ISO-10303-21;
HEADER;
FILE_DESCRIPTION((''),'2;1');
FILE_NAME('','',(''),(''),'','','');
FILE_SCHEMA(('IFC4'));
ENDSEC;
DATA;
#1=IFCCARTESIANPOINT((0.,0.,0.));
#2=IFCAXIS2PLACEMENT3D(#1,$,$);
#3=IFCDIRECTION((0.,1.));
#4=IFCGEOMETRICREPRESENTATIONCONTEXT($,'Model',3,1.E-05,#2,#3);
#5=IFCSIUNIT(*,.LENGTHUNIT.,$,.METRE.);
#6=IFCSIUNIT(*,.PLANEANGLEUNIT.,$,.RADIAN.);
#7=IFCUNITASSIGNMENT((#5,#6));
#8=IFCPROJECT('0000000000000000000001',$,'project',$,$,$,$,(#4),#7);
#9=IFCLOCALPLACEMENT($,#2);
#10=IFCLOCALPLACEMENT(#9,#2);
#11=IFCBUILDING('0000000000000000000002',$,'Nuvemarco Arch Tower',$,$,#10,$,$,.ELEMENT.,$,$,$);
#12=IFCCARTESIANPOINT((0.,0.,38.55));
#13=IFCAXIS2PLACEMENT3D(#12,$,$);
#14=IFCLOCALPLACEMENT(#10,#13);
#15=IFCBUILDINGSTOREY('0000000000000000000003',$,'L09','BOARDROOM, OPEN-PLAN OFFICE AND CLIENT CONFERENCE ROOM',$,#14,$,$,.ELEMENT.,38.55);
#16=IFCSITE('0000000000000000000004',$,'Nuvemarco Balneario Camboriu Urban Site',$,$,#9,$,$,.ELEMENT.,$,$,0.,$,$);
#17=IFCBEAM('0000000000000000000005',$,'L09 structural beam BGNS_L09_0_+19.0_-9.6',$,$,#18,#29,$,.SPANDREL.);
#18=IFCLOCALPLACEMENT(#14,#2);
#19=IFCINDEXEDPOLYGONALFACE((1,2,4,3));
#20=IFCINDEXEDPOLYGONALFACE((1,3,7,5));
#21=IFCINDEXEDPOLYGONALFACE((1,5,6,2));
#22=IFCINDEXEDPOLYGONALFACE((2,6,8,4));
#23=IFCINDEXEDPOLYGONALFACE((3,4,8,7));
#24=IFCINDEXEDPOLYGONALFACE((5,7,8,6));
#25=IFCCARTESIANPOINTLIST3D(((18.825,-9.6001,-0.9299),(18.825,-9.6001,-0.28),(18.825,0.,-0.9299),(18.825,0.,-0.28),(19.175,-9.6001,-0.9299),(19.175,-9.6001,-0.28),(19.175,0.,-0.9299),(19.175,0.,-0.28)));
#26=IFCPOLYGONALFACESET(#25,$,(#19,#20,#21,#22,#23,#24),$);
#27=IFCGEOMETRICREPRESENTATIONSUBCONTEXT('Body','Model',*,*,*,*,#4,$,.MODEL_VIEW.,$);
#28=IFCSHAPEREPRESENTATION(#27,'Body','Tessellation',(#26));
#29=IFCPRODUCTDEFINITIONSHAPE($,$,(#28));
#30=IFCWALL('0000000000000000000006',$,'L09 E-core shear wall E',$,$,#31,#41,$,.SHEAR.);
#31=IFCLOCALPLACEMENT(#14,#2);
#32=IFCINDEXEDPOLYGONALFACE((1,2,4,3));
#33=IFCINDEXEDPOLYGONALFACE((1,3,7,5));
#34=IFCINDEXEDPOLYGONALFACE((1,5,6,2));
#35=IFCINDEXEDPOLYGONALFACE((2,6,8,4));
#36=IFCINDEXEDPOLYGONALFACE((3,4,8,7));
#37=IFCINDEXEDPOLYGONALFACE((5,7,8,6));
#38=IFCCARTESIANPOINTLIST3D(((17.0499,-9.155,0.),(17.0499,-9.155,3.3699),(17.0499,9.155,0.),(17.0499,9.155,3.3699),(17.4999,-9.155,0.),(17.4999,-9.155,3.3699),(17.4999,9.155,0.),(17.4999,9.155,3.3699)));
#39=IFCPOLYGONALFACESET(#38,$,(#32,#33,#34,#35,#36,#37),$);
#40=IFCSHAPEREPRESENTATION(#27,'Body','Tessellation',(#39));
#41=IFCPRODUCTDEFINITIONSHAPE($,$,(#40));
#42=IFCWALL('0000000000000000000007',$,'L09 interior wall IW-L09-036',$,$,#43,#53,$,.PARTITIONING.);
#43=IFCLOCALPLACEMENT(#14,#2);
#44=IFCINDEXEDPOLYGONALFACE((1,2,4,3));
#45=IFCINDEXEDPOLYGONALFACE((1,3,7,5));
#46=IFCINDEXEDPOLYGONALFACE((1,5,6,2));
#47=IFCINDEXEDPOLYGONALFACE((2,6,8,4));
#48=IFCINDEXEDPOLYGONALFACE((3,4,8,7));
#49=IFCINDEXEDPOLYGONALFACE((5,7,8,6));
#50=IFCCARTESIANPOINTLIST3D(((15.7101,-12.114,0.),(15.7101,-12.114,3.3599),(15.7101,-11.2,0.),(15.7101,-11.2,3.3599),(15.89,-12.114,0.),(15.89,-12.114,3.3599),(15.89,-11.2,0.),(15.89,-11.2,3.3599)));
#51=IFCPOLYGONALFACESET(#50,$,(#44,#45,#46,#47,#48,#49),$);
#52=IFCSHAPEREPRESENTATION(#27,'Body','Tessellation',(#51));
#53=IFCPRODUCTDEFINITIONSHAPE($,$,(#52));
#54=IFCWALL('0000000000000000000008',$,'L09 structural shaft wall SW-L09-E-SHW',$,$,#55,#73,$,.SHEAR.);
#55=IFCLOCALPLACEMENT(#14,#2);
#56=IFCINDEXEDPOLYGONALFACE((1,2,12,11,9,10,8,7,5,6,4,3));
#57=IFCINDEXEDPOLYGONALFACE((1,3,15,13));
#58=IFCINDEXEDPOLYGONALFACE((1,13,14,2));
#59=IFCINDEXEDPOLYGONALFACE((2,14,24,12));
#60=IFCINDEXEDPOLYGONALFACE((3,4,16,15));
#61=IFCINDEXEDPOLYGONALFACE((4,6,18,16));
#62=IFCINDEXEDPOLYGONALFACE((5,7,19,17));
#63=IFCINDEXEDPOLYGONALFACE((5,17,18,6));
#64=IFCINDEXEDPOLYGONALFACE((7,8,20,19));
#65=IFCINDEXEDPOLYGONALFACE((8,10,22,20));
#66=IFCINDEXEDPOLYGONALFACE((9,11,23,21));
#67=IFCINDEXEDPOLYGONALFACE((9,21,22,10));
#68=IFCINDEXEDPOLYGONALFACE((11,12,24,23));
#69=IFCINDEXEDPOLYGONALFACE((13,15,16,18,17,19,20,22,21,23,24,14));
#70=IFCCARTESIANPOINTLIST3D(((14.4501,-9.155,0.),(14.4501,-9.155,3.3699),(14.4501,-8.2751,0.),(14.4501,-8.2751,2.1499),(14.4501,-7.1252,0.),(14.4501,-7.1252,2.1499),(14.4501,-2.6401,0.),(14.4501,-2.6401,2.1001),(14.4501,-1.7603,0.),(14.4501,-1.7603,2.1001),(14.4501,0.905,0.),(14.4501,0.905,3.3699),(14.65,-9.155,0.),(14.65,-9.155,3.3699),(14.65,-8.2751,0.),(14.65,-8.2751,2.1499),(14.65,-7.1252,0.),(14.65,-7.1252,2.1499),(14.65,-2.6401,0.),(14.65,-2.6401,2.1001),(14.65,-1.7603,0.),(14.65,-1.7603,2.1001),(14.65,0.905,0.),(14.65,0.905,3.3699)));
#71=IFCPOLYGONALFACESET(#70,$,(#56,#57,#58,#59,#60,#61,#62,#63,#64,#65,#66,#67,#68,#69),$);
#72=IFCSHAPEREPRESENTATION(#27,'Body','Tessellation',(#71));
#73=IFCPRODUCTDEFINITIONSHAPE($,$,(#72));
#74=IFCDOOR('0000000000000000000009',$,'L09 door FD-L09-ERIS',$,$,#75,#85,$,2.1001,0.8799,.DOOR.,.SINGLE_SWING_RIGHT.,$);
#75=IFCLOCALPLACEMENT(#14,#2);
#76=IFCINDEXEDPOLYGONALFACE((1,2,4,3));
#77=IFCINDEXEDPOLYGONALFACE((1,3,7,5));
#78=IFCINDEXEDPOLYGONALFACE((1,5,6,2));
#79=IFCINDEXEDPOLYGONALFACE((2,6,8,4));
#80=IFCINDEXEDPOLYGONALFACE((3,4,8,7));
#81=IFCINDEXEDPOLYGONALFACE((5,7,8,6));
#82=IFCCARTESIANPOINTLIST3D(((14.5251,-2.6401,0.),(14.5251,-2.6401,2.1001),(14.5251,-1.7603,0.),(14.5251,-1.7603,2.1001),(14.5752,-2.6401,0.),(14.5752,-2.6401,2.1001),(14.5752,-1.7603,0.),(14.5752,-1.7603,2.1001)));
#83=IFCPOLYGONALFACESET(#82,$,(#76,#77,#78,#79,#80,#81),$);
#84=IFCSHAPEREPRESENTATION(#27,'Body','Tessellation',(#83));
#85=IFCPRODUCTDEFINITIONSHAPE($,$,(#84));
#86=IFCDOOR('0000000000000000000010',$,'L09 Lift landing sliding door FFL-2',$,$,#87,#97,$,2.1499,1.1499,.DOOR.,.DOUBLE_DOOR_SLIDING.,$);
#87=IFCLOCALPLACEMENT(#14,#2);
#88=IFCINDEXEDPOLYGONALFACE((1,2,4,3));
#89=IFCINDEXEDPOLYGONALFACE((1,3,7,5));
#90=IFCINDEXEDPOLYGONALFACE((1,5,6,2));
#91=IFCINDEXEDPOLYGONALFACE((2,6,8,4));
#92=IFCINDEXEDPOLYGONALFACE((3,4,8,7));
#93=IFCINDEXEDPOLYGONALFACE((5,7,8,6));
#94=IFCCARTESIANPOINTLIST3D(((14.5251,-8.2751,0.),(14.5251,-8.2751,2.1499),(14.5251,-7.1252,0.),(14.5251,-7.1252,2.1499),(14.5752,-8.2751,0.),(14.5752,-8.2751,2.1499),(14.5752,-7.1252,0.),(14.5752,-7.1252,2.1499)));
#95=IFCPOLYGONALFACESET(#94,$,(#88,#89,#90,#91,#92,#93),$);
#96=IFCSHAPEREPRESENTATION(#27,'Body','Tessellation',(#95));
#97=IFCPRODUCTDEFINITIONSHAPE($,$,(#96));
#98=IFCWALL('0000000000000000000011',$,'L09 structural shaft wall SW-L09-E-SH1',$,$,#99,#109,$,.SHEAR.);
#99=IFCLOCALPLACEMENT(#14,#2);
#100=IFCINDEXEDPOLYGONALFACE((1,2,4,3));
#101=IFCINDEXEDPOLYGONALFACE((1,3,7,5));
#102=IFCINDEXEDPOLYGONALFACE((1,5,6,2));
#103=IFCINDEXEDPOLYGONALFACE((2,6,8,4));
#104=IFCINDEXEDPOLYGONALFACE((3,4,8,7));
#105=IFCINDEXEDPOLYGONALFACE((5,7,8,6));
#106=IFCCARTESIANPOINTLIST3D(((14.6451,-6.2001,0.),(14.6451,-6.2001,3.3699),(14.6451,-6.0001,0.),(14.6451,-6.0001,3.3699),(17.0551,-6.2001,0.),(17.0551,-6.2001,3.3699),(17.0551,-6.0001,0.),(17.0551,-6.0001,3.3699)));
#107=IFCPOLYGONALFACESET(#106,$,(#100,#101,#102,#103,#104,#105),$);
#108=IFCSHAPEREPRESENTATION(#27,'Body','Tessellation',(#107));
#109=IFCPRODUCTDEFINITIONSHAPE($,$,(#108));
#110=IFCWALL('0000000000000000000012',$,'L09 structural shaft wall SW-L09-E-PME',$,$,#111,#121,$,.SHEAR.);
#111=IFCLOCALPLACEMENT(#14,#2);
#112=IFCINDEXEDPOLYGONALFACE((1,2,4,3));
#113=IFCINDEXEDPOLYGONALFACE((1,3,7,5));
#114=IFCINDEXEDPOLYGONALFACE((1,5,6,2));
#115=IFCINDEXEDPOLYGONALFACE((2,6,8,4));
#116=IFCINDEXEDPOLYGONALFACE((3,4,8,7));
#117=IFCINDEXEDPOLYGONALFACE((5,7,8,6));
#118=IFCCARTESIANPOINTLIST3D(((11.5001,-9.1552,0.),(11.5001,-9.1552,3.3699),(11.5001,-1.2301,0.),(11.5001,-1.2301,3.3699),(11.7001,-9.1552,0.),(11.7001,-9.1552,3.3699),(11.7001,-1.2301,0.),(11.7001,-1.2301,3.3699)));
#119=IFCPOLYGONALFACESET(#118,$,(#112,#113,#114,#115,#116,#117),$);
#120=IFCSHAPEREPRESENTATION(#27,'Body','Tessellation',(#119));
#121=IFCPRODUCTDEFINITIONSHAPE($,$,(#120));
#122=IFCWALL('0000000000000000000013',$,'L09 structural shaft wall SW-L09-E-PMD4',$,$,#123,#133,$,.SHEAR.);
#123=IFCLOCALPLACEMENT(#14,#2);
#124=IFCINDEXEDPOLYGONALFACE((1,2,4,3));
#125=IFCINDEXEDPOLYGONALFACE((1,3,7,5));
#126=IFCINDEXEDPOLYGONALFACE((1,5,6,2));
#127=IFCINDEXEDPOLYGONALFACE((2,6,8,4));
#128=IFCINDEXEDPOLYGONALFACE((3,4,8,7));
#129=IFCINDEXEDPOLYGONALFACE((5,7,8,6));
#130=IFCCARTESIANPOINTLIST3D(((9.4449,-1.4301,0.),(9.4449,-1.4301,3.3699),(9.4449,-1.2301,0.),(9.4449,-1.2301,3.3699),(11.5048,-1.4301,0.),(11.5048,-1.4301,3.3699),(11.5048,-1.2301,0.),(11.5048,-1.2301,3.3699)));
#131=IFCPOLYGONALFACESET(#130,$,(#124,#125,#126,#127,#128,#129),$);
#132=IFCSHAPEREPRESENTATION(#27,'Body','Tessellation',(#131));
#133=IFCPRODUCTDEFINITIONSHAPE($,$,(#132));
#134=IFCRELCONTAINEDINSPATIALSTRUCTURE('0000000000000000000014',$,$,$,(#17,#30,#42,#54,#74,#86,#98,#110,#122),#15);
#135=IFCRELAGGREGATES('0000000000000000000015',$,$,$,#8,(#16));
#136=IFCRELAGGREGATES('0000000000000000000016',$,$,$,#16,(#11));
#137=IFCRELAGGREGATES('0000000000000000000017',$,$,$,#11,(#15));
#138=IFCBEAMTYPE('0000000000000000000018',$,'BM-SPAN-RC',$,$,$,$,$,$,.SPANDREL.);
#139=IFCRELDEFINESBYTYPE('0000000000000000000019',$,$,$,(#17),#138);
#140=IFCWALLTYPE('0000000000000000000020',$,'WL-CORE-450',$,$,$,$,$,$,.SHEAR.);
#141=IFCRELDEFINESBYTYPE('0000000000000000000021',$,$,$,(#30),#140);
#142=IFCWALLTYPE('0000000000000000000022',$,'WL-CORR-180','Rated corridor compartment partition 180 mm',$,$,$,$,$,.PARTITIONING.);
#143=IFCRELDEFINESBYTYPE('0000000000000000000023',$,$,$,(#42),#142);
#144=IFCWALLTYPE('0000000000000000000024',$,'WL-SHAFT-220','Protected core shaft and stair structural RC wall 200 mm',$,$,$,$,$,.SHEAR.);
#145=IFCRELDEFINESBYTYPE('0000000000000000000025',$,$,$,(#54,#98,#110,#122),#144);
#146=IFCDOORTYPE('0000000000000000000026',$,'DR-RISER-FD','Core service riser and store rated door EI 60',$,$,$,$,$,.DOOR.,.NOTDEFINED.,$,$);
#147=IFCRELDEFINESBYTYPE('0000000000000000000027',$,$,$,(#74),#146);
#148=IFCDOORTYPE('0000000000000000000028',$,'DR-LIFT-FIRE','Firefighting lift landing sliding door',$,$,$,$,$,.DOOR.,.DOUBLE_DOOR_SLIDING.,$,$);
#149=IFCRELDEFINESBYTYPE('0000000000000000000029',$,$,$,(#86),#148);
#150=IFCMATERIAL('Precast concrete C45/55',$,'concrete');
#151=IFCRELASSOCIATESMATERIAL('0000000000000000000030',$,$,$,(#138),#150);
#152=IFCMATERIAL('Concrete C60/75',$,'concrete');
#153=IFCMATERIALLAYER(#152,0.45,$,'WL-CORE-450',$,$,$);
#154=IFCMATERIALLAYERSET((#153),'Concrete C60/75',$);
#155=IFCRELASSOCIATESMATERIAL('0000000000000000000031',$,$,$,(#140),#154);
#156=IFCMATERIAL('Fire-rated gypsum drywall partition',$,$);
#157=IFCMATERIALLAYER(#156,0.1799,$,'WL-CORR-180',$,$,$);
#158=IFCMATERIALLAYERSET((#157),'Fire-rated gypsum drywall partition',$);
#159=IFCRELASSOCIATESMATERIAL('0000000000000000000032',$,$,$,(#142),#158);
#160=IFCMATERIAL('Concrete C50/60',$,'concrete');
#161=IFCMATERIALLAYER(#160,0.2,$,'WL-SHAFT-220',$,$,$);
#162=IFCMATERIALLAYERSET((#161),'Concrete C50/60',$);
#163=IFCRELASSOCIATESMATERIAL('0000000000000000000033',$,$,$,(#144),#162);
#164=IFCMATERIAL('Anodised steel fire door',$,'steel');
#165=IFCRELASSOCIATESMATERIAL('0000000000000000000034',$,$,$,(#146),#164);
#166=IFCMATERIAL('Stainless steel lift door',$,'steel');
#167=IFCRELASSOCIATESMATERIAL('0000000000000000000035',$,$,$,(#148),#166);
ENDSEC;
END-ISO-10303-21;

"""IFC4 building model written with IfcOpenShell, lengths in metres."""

from ifc_helpers import new_model, si_unit, direction, frame, frame_2d, origin, origin_2d, place, context, subcontext, project, spatial, rectangle, extrude, source, transform, mapped, material, layer, layer_set, material_profile, profile_set, type_object, type_shapes, element, fill, save


model = new_model("IFC4")

# Units and contexts
model_context = context("Model", 3, precision=1e-05, world=origin(), true_north=direction((0.0, 1.0)))
body_context = subcontext(model_context, "Body", "Model", "MODEL_VIEW")
ifc_project = project(units=[si_unit("LENGTHUNIT", "METRE"), si_unit("PLANEANGLEUNIT", "RADIAN")], contexts=[model_context])

# Site, building, storey
site_placement = place(None, origin())
site = spatial("IfcSite", under=ifc_project, at=site_placement, Name="Nuvemarco Balneario Camboriu Urban Site", CompositionType="ELEMENT", RefElevation=0.0)
building_placement = place(site_placement, origin())
building = spatial("IfcBuilding", under=site, at=building_placement, Name="Nuvemarco Arch Tower", CompositionType="ELEMENT")
storey_placement = place(building_placement, frame((0.0, 0.0, 38.55)))
storey = spatial("IfcBuildingStorey", under=building, at=storey_placement, Name="L09", Description="BOARDROOM, OPEN-PLAN OFFICE AND CLIENT CONFERENCE ROOM", CompositionType="ELEMENT", Elevation=38.55)

# Shared definitions
ifc_material_1 = material(Name="Concrete C60/75", Category="concrete")

# Beam
ifc_material_2 = material(Name="Precast concrete C45/55", Category="concrete")
ifc_material_profile_1 = material_profile(ifc_material_2, rectangle(XDim=0.3501, YDim=0.6499, at=origin_2d()), Name="PC-SP-350x650")
ifc_profile_set_1 = profile_set([ifc_material_profile_1], Name="Precast concrete C45/55")
beam_type_1 = type_object("IfcBeamType", Name="BM-SPAN-RC", PredefinedType="SPANDREL", material=ifc_profile_set_1)
beam_1_placement = place(storey_placement, frame((19.0, -9.6001, -0.605), z_axis=(0.0, 1.0, 0.0), x_axis=(-1.0, 0.0, 0.0)))
element("IfcBeam", 1, at=beam_1_placement, inside=storey, type_object=beam_type_1, Name="L09 structural beam BGNS_L09_0_+19.0_-9.6", PredefinedType="SPANDREL", context=body_context, shape_type="SweptSolid", body=[
    extrude(rectangle(XDim=0.3501, YDim=0.6499, at=origin_2d()), origin(), (0.0, 0.0, 1.0), 9.6001),
])

# Walls
ifc_layer_1 = layer(ifc_material_1, 0.45, Name="WL-CORE-450")
ifc_layer_set_1 = layer_set([ifc_layer_1], Name="Concrete C60/75")
wall_type_1 = type_object("IfcWallType", Name="WL-CORE-450", PredefinedType="SHEAR", material=ifc_layer_set_1)
wall_1_placement = place(storey_placement, frame((17.2749, -9.155, 0.0), z_axis=(0.0, 0.0, 1.0), x_axis=(0.0, 1.0, 0.0)))
element("IfcWall", 2, at=wall_1_placement, inside=storey, type_object=wall_type_1, Name="L09 E-core shear wall E", PredefinedType="SHEAR", context=body_context, shape_type="SweptSolid", body=[
    extrude(rectangle(XDim=18.3101, YDim=0.45, at=frame_2d((9.155, 0.0))), origin(), (0.0, 0.0, 1.0), 3.3699),
])
ifc_material_3 = material(Name="Fire-rated gypsum drywall partition")
ifc_layer_2 = layer(ifc_material_3, 0.1799, Name="WL-CORR-180")
ifc_layer_set_2 = layer_set([ifc_layer_2], Name="Fire-rated gypsum drywall partition")
wall_type_2 = type_object("IfcWallType", Name="WL-CORR-180", Description="Rated corridor compartment partition 180 mm", PredefinedType="PARTITIONING", material=ifc_layer_set_2)
wall_2_placement = place(storey_placement, frame((15.8, -12.114, 0.0), z_axis=(0.0, 0.0, 1.0), x_axis=(0.0, 1.0, 0.0)))
element("IfcWall", 3, at=wall_2_placement, inside=storey, type_object=wall_type_2, Name="L09 interior wall IW-L09-036", PredefinedType="PARTITIONING", context=body_context, shape_type="SweptSolid", body=[
    extrude(rectangle(XDim=0.9141, YDim=0.1799, at=frame_2d((0.457, 0.0))), origin(), (0.0, 0.0, 1.0), 3.3599),
])

# Wall, openings, doors
ifc_material_4 = material(Name="Concrete C50/60", Category="concrete")
ifc_layer_3 = layer(ifc_material_4, 0.2, Name="WL-SHAFT-220")
ifc_layer_set_3 = layer_set([ifc_layer_3], Name="Concrete C50/60")
wall_type_3 = type_object("IfcWallType", Name="WL-SHAFT-220", Description="Protected core shaft and stair structural RC wall 200 mm", PredefinedType="SHEAR", material=ifc_layer_set_3)
wall_3_placement = place(storey_placement, frame((14.55, -9.155, 0.0), z_axis=(0.0, 0.0, 1.0), x_axis=(0.0, 1.0, 0.0)))
wall_3 = element("IfcWall", 4, at=wall_3_placement, inside=storey, type_object=wall_type_3, Name="L09 structural shaft wall SW-L09-E-SHW", PredefinedType="SHEAR", context=body_context, shape_type="SweptSolid", body=[
    extrude(rectangle(XDim=10.0601, YDim=0.2, at=frame_2d((5.03, 0.0))), origin(), (0.0, 0.0, 1.0), 3.3699),
])
opening_1_placement = place(wall_3_placement, frame((6.5149, 0.0, 0.0)))
opening_1 = element("IfcOpeningElement", 5, at=opening_1_placement, cuts=wall_3, PredefinedType="OPENING", context=body_context, shape_type="SweptSolid", body=[
    extrude(rectangle(XDim=0.8799, YDim=2.1001, at=frame_2d((0.4399, 1.05))), frame((0.0, 0.1099, 0.0), z_axis=(0.0, -1.0, 0.0), x_axis=(1.0, 0.0, 0.0)), (0.0, 0.0, 1.0), 0.22),
])
opening_2_placement = place(wall_3_placement, frame((0.8799, 0.0, 0.0)))
opening_2 = element("IfcOpeningElement", 6, at=opening_2_placement, cuts=wall_3, PredefinedType="OPENING", context=body_context, shape_type="SweptSolid", body=[
    extrude(rectangle(XDim=1.1499, YDim=2.1499, at=frame_2d((0.575, 1.075))), frame((0.0, 0.1099, 0.0), z_axis=(0.0, -1.0, 0.0), x_axis=(1.0, 0.0, 0.0)), (0.0, 0.0, 1.0), 0.22),
])
ifc_material_5 = material(Name="Anodised steel fire door", Category="steel")
door_type_1 = type_object("IfcDoorType", Name="DR-RISER-FD", Description="Core service riser and store rated door EI 60", OperationType="NOTDEFINED", PredefinedType="DOOR", material=ifc_material_5)
shared_shape_1 = source(origin(), body_context, "Body", "SweptSolid", [
    extrude(rectangle(XDim=0.8799, YDim=2.1001, at=frame_2d((0.4399, 1.05))), frame((0.0, 0.0249, 0.0), z_axis=(0.0, -1.0, 0.0), x_axis=(1.0, 0.0, 0.0)), (0.0, 0.0, 1.0), 0.05),
])
type_shapes(door_type_1, [shared_shape_1])
door_1_placement = place(opening_1_placement, origin())
door_1 = element("IfcDoor", 7, at=door_1_placement, inside=storey, type_object=door_type_1, Name="L09 door FD-L09-ERIS", OperationType="SINGLE_SWING_RIGHT", OverallHeight=2.1001, OverallWidth=0.8799, PredefinedType="DOOR", context=body_context, shape_type="MappedRepresentation", body=[
    mapped(shared_shape_1, transform((0.0, 0.0, 0.0), scale=1.0)),
])
fill(opening_1, door_1)
ifc_material_6 = material(Name="Stainless steel lift door", Category="steel")
door_type_2 = type_object("IfcDoorType", Name="DR-LIFT-FIRE", Description="Firefighting lift landing sliding door", OperationType="DOUBLE_DOOR_SLIDING", PredefinedType="DOOR", material=ifc_material_6)
shared_shape_2 = source(origin(), body_context, "Body", "SweptSolid", [
    extrude(rectangle(XDim=1.1499, YDim=2.1499, at=frame_2d((0.575, 1.075))), frame((0.0, 0.0249, 0.0), z_axis=(0.0, -1.0, 0.0), x_axis=(1.0, 0.0, 0.0)), (0.0, 0.0, 1.0), 0.05),
])
type_shapes(door_type_2, [shared_shape_2])
door_2_placement = place(opening_2_placement, origin())
door_2 = element("IfcDoor", 8, at=door_2_placement, inside=storey, type_object=door_type_2, Name="L09 Lift landing sliding door FFL-2", OperationType="DOUBLE_DOOR_SLIDING", OverallHeight=2.1499, OverallWidth=1.1499, PredefinedType="DOOR", context=body_context, shape_type="MappedRepresentation", body=[
    mapped(shared_shape_2, transform((0.0, 0.0, 0.0), scale=1.0)),
])
fill(opening_2, door_2)

# Walls
wall_4_placement = place(storey_placement, frame((14.645, -6.1001, 0.0), z_axis=(0.0, 0.0, 1.0), x_axis=(1.0, 0.0, 0.0)))
element("IfcWall", 9, at=wall_4_placement, inside=storey, type_object=wall_type_3, Name="L09 structural shaft wall SW-L09-E-SH1", PredefinedType="SHEAR", context=body_context, shape_type="SweptSolid", body=[
    extrude(rectangle(XDim=2.4099, YDim=0.2, at=frame_2d((1.2051, 0.0))), origin(), (0.0, 0.0, 1.0), 3.3699),
])
wall_5_placement = place(storey_placement, frame((11.6001, -9.155, 0.0), z_axis=(0.0, 0.0, 1.0), x_axis=(0.0, 1.0, 0.0)))
element("IfcWall", 10, at=wall_5_placement, inside=storey, type_object=wall_type_3, Name="L09 structural shaft wall SW-L09-E-PME", PredefinedType="SHEAR", context=body_context, shape_type="SweptSolid", body=[
    extrude(rectangle(XDim=7.925, YDim=0.2, at=frame_2d((3.9624, 0.0))), origin(), (0.0, 0.0, 1.0), 3.3699),
])

# Wall
wall_6_placement = place(storey_placement, frame((9.4451, -1.3301, 0.0), z_axis=(0.0, 0.0, 1.0), x_axis=(1.0, 0.0, 0.0)))
element("IfcWall", 11, at=wall_6_placement, inside=storey, type_object=wall_type_3, Name="L09 structural shaft wall SW-L09-E-PMD4", PredefinedType="SHEAR", context=body_context, shape_type="SweptSolid", body=[
    extrude(rectangle(XDim=2.0598, YDim=0.2, at=frame_2d((1.0298, 0.0))), origin(), (0.0, 0.0, 1.0), 3.3699),
])

save(model, "model.ifc")
